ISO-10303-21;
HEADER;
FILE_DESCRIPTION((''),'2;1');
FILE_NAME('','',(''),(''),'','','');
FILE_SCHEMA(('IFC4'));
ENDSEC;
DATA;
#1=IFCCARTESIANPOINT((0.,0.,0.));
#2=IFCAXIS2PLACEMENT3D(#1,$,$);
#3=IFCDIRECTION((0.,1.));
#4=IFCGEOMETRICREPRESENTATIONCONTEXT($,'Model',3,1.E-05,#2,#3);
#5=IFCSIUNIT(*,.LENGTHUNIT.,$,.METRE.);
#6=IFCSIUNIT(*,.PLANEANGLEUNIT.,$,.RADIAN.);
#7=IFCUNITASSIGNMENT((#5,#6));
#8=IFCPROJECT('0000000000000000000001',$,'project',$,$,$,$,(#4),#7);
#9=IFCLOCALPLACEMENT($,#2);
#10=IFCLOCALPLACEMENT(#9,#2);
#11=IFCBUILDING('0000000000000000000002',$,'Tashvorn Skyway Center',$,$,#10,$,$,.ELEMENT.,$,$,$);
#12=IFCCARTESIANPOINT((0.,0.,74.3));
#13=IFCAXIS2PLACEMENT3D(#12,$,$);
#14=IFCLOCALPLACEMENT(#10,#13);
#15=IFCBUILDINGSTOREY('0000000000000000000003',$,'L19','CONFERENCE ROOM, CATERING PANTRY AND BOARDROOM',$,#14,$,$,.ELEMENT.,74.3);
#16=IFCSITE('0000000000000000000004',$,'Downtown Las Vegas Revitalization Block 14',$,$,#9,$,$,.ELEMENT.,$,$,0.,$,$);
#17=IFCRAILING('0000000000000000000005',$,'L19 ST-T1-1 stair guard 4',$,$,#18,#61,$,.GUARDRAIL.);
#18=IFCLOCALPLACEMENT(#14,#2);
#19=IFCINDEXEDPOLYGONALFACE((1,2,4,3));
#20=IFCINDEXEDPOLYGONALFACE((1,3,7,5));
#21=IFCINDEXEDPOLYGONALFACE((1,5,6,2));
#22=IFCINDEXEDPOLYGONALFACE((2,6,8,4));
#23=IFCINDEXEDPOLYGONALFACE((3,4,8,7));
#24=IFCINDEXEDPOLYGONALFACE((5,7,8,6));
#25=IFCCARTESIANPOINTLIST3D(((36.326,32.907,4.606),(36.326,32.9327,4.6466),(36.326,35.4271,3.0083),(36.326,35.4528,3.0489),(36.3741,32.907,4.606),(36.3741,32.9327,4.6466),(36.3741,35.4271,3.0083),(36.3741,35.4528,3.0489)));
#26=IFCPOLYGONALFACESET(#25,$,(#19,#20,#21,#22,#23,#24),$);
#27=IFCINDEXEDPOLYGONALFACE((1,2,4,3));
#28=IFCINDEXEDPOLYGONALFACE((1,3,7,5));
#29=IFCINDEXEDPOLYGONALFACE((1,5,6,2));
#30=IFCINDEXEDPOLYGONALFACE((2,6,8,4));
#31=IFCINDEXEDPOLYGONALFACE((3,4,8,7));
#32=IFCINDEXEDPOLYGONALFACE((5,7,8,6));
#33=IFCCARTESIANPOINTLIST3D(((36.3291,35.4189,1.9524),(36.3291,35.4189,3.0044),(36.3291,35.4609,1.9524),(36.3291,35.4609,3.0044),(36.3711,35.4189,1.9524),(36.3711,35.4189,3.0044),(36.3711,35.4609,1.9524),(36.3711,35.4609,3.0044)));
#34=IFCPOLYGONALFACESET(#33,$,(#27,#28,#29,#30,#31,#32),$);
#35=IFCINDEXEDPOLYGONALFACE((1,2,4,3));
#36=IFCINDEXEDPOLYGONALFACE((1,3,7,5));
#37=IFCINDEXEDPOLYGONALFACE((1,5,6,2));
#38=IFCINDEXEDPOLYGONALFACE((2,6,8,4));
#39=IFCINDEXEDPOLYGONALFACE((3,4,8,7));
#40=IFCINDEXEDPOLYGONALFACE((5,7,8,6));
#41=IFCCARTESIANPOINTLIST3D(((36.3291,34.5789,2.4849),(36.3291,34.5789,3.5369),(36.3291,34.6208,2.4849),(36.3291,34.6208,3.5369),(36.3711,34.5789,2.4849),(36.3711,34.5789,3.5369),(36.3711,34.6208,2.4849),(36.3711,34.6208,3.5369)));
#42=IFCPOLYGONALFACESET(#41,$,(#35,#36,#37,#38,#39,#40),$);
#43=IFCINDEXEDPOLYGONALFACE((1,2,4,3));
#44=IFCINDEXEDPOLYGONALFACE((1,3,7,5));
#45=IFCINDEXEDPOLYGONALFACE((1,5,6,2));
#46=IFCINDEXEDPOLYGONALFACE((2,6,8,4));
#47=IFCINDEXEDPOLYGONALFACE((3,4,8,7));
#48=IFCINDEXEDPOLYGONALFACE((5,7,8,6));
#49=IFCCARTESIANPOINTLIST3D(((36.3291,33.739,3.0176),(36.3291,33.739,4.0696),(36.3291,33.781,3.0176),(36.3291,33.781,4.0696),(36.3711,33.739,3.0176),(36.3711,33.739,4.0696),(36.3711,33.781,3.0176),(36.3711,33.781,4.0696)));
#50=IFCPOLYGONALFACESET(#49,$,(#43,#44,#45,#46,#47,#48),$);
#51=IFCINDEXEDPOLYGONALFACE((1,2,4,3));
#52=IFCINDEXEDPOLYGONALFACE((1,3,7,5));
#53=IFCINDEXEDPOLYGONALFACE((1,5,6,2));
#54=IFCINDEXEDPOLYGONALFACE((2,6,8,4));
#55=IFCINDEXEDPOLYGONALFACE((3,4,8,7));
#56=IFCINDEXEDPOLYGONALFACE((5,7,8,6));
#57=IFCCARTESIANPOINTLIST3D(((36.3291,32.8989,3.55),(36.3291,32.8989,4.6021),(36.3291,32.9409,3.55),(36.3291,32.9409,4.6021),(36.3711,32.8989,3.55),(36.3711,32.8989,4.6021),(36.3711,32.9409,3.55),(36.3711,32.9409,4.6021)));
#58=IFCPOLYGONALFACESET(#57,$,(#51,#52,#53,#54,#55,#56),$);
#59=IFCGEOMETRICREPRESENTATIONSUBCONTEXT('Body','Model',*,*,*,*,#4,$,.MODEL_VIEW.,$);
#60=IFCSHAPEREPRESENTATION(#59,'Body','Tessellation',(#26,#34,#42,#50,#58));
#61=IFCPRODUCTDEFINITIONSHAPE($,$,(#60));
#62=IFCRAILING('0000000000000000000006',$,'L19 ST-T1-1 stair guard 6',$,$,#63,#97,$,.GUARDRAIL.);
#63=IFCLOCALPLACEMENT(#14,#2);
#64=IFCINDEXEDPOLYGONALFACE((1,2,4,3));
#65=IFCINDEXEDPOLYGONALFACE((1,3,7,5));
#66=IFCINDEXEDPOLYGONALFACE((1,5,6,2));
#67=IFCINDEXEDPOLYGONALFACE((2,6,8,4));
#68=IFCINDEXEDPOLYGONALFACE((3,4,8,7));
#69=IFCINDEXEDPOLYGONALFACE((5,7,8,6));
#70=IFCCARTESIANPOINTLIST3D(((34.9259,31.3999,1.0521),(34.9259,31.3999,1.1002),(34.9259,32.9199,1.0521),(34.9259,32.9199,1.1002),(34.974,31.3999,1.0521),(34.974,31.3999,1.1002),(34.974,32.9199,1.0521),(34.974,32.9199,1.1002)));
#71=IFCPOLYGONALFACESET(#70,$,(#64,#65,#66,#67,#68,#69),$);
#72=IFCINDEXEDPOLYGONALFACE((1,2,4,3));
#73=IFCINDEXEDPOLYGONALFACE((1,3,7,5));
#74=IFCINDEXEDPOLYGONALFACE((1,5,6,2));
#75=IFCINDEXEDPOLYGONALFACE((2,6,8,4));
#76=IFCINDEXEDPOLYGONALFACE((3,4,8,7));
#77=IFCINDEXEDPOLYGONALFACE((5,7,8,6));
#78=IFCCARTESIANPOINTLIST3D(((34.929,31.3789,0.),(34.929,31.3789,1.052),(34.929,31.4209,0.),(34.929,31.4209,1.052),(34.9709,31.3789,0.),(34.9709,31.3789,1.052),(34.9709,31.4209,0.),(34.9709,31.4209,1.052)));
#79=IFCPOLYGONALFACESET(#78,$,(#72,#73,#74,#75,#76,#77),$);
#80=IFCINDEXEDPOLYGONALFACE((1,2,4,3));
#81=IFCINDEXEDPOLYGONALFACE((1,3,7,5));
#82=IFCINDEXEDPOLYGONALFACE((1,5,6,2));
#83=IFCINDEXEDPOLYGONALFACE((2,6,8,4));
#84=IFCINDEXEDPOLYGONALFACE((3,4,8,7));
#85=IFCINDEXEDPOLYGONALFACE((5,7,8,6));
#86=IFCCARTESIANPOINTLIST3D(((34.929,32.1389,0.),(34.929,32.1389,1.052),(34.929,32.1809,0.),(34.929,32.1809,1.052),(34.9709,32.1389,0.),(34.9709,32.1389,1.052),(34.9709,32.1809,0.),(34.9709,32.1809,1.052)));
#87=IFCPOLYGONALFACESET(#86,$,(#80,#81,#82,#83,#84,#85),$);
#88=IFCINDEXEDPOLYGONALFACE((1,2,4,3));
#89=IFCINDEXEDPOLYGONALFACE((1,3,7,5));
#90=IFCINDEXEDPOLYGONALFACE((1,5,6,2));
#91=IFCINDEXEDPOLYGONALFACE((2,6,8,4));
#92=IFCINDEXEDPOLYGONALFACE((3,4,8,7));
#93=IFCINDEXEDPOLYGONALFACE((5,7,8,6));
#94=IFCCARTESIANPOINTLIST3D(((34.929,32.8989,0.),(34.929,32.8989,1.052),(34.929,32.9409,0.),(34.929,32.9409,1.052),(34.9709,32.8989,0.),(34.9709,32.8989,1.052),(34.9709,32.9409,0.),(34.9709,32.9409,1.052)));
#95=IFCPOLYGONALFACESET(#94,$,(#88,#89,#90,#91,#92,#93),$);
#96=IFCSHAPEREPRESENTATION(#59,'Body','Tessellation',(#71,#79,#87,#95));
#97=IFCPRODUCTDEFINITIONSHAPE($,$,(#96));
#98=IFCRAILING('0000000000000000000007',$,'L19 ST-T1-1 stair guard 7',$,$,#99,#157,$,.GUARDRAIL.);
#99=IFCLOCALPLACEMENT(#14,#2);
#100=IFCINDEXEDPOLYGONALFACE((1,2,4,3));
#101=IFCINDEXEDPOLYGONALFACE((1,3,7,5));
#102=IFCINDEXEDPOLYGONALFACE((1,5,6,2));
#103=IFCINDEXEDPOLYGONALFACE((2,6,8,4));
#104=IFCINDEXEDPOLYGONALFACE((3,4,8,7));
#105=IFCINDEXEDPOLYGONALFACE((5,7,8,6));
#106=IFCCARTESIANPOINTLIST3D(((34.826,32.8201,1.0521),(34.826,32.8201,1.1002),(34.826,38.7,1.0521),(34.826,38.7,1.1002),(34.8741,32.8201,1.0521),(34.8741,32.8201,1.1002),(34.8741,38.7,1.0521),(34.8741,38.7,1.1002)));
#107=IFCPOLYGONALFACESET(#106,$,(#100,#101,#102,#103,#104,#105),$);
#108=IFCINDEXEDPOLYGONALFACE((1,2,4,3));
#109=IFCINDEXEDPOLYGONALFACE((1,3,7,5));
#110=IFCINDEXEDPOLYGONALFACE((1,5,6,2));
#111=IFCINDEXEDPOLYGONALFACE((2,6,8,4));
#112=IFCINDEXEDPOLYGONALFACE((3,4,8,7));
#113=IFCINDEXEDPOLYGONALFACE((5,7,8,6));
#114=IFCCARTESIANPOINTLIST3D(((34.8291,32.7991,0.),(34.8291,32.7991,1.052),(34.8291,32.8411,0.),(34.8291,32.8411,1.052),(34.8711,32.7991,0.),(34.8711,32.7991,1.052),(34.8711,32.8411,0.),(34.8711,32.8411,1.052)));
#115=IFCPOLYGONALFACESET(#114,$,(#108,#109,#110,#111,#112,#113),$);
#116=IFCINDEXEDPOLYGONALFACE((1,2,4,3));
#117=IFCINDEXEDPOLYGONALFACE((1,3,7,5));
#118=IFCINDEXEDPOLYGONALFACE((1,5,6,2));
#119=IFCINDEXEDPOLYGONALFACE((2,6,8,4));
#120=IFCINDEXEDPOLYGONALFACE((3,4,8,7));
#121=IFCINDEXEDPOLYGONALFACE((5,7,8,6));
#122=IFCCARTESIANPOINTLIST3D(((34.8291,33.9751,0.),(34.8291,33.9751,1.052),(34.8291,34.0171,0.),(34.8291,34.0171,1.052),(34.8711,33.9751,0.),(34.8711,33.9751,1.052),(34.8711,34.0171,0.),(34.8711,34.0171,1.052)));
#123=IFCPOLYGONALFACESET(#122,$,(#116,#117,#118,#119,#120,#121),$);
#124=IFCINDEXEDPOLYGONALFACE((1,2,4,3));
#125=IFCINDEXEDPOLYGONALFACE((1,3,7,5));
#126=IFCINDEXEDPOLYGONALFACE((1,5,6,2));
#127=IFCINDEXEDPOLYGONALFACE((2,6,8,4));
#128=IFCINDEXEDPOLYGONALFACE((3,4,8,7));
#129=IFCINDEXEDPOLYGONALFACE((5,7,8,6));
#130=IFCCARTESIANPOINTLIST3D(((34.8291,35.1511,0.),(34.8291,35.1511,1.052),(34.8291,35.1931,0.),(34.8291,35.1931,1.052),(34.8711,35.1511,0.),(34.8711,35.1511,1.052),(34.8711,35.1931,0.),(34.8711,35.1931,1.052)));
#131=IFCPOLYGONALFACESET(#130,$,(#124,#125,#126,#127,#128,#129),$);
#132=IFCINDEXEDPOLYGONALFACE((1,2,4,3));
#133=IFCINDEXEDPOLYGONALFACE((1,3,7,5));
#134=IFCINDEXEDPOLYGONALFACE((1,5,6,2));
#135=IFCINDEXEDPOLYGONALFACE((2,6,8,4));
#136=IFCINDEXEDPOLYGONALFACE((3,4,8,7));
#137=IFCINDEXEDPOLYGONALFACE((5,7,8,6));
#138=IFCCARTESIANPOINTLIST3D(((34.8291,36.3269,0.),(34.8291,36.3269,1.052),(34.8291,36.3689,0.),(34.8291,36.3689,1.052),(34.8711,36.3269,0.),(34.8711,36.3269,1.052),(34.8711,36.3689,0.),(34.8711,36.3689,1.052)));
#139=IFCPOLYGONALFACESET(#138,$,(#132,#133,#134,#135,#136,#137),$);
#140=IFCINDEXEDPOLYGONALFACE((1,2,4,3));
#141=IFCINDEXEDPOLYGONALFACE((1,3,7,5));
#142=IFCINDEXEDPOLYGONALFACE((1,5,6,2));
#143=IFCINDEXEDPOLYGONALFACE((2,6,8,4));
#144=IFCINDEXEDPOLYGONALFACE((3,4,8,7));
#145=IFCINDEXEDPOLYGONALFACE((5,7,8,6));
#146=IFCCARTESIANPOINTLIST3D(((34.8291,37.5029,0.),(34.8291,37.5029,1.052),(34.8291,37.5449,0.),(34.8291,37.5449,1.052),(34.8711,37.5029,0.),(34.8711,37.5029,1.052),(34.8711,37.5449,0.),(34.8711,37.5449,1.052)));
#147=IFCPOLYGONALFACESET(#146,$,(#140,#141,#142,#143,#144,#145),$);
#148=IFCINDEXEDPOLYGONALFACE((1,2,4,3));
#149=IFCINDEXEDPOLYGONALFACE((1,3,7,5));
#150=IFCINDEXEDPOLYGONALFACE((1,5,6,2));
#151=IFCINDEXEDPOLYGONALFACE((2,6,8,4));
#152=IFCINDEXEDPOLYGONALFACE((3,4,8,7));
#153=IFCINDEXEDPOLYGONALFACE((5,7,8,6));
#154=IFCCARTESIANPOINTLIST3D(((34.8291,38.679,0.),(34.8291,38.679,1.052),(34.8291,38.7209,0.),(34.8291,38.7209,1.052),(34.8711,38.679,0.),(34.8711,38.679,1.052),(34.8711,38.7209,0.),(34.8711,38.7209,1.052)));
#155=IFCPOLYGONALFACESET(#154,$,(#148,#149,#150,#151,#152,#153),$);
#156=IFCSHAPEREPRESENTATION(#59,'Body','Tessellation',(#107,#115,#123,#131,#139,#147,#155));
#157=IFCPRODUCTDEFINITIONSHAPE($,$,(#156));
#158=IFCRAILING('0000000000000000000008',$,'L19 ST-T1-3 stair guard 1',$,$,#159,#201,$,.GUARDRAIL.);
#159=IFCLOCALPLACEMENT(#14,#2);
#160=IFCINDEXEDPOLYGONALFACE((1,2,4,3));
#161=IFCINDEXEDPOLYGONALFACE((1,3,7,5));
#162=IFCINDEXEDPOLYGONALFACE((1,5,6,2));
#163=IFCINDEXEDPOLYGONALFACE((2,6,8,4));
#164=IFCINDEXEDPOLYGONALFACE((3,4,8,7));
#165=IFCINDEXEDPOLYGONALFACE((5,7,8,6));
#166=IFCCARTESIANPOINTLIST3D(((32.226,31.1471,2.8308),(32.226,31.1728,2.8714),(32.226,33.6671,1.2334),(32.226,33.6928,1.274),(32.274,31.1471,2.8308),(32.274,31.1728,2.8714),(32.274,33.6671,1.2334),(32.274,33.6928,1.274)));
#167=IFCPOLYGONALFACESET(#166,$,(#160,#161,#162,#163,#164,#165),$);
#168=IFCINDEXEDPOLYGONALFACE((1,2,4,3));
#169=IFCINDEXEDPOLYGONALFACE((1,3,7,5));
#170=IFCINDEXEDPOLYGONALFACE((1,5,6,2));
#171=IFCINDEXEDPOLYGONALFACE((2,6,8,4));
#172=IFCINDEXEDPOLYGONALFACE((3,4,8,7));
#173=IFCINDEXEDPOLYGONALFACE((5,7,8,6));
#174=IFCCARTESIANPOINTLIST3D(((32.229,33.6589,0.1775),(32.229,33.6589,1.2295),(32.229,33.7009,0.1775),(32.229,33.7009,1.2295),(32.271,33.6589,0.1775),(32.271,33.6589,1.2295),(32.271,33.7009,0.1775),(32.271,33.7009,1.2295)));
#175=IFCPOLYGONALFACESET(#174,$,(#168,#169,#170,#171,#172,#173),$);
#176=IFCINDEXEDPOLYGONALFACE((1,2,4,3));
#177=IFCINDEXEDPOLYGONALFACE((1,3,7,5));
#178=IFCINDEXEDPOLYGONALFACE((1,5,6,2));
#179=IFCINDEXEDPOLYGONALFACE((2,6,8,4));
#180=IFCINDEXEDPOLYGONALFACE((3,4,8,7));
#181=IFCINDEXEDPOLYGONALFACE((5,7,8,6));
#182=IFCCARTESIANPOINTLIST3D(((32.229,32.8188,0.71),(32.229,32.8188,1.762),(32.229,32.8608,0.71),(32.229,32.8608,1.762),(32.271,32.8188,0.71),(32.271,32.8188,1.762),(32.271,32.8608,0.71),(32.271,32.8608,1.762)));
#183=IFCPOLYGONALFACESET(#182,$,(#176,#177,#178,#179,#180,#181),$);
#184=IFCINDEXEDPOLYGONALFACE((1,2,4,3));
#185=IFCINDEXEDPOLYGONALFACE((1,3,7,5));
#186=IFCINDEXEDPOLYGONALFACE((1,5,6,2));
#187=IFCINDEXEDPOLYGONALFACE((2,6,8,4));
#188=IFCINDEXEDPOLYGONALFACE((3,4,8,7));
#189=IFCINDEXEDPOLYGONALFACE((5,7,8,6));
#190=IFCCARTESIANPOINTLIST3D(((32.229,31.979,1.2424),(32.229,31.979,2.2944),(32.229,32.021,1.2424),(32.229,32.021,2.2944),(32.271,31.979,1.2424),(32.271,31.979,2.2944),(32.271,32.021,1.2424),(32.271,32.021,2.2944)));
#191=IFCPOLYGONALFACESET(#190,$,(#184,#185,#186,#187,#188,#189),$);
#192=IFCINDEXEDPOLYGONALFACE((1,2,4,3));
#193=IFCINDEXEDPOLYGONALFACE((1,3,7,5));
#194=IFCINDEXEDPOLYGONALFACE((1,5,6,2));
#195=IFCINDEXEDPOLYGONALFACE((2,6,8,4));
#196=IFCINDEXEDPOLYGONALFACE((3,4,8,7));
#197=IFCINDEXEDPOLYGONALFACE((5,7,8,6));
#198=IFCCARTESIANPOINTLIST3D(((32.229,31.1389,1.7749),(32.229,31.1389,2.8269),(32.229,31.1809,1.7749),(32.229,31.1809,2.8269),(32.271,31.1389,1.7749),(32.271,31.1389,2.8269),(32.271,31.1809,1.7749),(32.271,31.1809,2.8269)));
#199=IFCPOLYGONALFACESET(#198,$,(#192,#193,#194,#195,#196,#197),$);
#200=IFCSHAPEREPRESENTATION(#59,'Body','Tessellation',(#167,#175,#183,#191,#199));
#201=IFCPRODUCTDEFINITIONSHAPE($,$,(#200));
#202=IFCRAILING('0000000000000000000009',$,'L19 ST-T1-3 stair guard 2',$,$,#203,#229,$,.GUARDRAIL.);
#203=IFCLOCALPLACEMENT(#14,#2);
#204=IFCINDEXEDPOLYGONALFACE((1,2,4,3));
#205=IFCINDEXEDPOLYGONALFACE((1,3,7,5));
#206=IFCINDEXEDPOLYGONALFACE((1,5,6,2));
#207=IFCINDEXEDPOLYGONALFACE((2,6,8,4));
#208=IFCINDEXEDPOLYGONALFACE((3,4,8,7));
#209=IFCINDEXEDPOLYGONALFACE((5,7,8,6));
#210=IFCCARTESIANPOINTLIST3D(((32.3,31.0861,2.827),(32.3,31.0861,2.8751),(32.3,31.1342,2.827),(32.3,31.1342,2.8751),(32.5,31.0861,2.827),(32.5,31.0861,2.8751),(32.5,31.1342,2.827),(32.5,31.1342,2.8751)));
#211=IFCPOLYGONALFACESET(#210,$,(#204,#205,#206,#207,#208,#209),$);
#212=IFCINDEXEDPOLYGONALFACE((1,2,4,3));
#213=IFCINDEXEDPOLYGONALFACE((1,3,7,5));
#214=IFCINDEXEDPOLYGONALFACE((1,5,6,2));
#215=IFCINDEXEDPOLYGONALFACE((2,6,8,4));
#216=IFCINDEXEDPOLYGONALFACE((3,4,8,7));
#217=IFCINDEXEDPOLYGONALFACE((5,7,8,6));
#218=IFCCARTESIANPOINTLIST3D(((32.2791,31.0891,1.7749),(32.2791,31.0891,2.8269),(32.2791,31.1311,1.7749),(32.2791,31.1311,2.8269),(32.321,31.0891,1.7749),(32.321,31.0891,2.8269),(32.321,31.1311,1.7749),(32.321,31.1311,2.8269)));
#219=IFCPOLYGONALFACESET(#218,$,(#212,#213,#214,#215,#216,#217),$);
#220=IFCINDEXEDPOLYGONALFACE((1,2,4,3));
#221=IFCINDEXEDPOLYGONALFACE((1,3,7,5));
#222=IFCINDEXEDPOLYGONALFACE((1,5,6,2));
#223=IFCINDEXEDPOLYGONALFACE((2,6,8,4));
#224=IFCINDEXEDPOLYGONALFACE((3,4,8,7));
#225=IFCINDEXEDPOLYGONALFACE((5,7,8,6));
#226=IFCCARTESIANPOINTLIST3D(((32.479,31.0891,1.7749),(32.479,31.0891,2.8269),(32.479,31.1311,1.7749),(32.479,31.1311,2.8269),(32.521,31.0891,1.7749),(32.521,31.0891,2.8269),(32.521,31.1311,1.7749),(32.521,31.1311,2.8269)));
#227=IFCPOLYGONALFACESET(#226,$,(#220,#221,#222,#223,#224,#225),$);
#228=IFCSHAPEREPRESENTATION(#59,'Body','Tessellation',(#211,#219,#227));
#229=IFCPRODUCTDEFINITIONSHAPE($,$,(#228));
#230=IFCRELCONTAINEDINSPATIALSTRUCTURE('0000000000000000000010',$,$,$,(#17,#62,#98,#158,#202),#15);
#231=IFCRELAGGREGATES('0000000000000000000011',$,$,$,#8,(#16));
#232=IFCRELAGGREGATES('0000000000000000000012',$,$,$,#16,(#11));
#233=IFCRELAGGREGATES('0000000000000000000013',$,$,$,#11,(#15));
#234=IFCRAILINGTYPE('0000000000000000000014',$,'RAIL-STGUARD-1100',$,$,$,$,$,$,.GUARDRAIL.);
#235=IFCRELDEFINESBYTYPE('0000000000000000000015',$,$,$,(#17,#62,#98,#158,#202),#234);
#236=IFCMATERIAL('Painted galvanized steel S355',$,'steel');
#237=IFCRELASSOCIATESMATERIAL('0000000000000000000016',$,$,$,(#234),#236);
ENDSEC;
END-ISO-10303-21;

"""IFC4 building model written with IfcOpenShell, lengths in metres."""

from ifc_helpers import new_model, si_unit, direction, frame, origin, origin_2d, place, context, subcontext, project, spatial, rectangle, extrude, material, type_object, element, save


model = new_model("IFC4")

# Units and contexts
model_context = context("Model", 3, precision=1e-05, world=origin(), true_north=direction((0.0, 1.0)))
body_context = subcontext(model_context, "Body", "Model", "MODEL_VIEW")
ifc_project = project(units=[si_unit("LENGTHUNIT", "METRE"), si_unit("PLANEANGLEUNIT", "RADIAN")], contexts=[model_context])

# Site, building, storey
site_placement = place(None, origin())
site = spatial("IfcSite", under=ifc_project, at=site_placement, Name="Downtown Las Vegas Revitalization Block 14", CompositionType="ELEMENT", RefElevation=0.0)
building_placement = place(site_placement, origin())
building = spatial("IfcBuilding", under=site, at=building_placement, Name="Tashvorn Skyway Center", CompositionType="ELEMENT")
storey_placement = place(building_placement, frame((0.0, 0.0, 74.3)))
storey = spatial("IfcBuildingStorey", under=building, at=storey_placement, Name="L19", Description="CONFERENCE ROOM, CATERING PANTRY AND BOARDROOM", CompositionType="ELEMENT", Elevation=74.3)

# Railings
ifc_material_1 = material(Name="Painted galvanized steel S355", Category="steel")
railing_type_1 = type_object("IfcRailingType", Name="RAIL-STGUARD-1100", PredefinedType="GUARDRAIL", material=ifc_material_1)
railing_1_placement = place(storey_placement, frame((36.3501, 35.4399, 1.9524)))
element("IfcRailing", 1, at=railing_1_placement, inside=storey, type_object=railing_type_1, Name="L19 ST-T1-1 stair guard 4", PredefinedType="GUARDRAIL", context=body_context, shape_type="SweptSolid", body=[
    extrude(rectangle(XDim=0.0481, YDim=0.0481, at=origin_2d()), frame((0.0, 0.0, 1.0762), z_axis=(0.0, -0.84457, 0.535445), x_axis=(1.0, 0.0, 0.0)), (0.0, 0.0, 1.0), 2.9839),
    extrude(rectangle(XDim=0.042, YDim=0.042, at=origin_2d()), origin(), (0.0, 0.0, 1.0), 1.052),
    extrude(rectangle(XDim=0.042, YDim=0.042, at=origin_2d()), frame((0.0, -0.8401, 0.5325)), (0.0, 0.0, 1.0), 1.052),
    extrude(rectangle(XDim=0.042, YDim=0.042, at=origin_2d()), frame((0.0, -1.6799, 1.0652)), (0.0, 0.0, 1.0), 1.052),
    extrude(rectangle(XDim=0.042, YDim=0.042, at=origin_2d()), frame((0.0, -2.52, 1.5977)), (0.0, 0.0, 1.0), 1.052),
])
railing_2_placement = place(storey_placement, frame((34.95, 31.3999, 0.0)))
element("IfcRailing", 2, at=railing_2_placement, inside=storey, type_object=railing_type_1, Name="L19 ST-T1-1 stair guard 6", PredefinedType="GUARDRAIL", context=body_context, shape_type="SweptSolid", body=[
    extrude(rectangle(XDim=0.0481, YDim=0.0481, at=origin_2d()), frame((0.0, 0.0, 1.0762), z_axis=(0.0, 1.0, 0.0), x_axis=(-1.0, 0.0, 0.0)), (0.0, 0.0, 1.0), 1.52),
    extrude(rectangle(XDim=0.042, YDim=0.042, at=origin_2d()), origin(), (0.0, 0.0, 1.0), 1.052),
    extrude(rectangle(XDim=0.042, YDim=0.042, at=origin_2d()), frame((0.0, 0.76, 0.0)), (0.0, 0.0, 1.0), 1.052),
    extrude(rectangle(XDim=0.042, YDim=0.042, at=origin_2d()), frame((0.0, 1.52, 0.0)), (0.0, 0.0, 1.0), 1.052),
])
railing_3_placement = place(storey_placement, frame((34.8501, 32.8201, 0.0)))
element("IfcRailing", 3, at=railing_3_placement, inside=storey, type_object=railing_type_1, Name="L19 ST-T1-1 stair guard 7", PredefinedType="GUARDRAIL", context=body_context, shape_type="SweptSolid", body=[
    extrude(rectangle(XDim=0.0481, YDim=0.0481, at=origin_2d()), frame((0.0, 0.0, 1.0762), z_axis=(0.0, 1.0, 0.0), x_axis=(-1.0, 0.0, 0.0)), (0.0, 0.0, 1.0), 5.8799),
    extrude(rectangle(XDim=0.042, YDim=0.042, at=origin_2d()), origin(), (0.0, 0.0, 1.0), 1.052),
    extrude(rectangle(XDim=0.042, YDim=0.042, at=origin_2d()), frame((0.0, 1.176, 0.0)), (0.0, 0.0, 1.0), 1.052),
    extrude(rectangle(XDim=0.042, YDim=0.042, at=origin_2d()), frame((0.0, 2.3521, 0.0)), (0.0, 0.0, 1.0), 1.052),
    extrude(rectangle(XDim=0.042, YDim=0.042, at=origin_2d()), frame((0.0, 3.5278, 0.0)), (0.0, 0.0, 1.0), 1.052),
    extrude(rectangle(XDim=0.042, YDim=0.042, at=origin_2d()), frame((0.0, 4.7039, 0.0)), (0.0, 0.0, 1.0), 1.052),
    extrude(rectangle(XDim=0.042, YDim=0.042, at=origin_2d()), frame((0.0, 5.8799, 0.0)), (0.0, 0.0, 1.0), 1.052),
])
railing_4_placement = place(storey_placement, frame((32.25, 33.6799, 0.1775)))
element("IfcRailing", 4, at=railing_4_placement, inside=storey, type_object=railing_type_1, Name="L19 ST-T1-3 stair guard 1", PredefinedType="GUARDRAIL", context=body_context, shape_type="SweptSolid", body=[
    extrude(rectangle(XDim=0.0481, YDim=0.0481, at=origin_2d()), frame((0.0, 0.0, 1.0762), z_axis=(0.0, -0.844607, 0.535387), x_axis=(1.0, 0.0, 0.0)), (0.0, 0.0, 1.0), 2.9836),
    extrude(rectangle(XDim=0.042, YDim=0.042, at=origin_2d()), origin(), (0.0, 0.0, 1.0), 1.052),
    extrude(rectangle(XDim=0.042, YDim=0.042, at=origin_2d()), frame((0.0, -0.8401, 0.5325)), (0.0, 0.0, 1.0), 1.052),
    extrude(rectangle(XDim=0.042, YDim=0.042, at=origin_2d()), frame((0.0, -1.6799, 1.0649)), (0.0, 0.0, 1.0), 1.052),
    extrude(rectangle(XDim=0.042, YDim=0.042, at=origin_2d()), frame((0.0, -2.52, 1.5974)), (0.0, 0.0, 1.0), 1.052),
])
railing_5_placement = place(storey_placement, frame((32.3, 31.1101, 1.7749)))
element("IfcRailing", 5, at=railing_5_placement, inside=storey, type_object=railing_type_1, Name="L19 ST-T1-3 stair guard 2", PredefinedType="GUARDRAIL", context=body_context, shape_type="SweptSolid", body=[
    extrude(rectangle(XDim=0.0481, YDim=0.0481, at=origin_2d()), frame((0.0, 0.0, 1.0762), z_axis=(1.0, 0.0, 0.0), x_axis=(0.0, 1.0, 0.0)), (0.0, 0.0, 1.0), 0.2),
    extrude(rectangle(XDim=0.042, YDim=0.042, at=origin_2d()), origin(), (0.0, 0.0, 1.0), 1.052),
    extrude(rectangle(XDim=0.042, YDim=0.042, at=origin_2d()), frame((0.2, 0.0, 0.0)), (0.0, 0.0, 1.0), 1.052),
])

save(model, "model.ifc")
